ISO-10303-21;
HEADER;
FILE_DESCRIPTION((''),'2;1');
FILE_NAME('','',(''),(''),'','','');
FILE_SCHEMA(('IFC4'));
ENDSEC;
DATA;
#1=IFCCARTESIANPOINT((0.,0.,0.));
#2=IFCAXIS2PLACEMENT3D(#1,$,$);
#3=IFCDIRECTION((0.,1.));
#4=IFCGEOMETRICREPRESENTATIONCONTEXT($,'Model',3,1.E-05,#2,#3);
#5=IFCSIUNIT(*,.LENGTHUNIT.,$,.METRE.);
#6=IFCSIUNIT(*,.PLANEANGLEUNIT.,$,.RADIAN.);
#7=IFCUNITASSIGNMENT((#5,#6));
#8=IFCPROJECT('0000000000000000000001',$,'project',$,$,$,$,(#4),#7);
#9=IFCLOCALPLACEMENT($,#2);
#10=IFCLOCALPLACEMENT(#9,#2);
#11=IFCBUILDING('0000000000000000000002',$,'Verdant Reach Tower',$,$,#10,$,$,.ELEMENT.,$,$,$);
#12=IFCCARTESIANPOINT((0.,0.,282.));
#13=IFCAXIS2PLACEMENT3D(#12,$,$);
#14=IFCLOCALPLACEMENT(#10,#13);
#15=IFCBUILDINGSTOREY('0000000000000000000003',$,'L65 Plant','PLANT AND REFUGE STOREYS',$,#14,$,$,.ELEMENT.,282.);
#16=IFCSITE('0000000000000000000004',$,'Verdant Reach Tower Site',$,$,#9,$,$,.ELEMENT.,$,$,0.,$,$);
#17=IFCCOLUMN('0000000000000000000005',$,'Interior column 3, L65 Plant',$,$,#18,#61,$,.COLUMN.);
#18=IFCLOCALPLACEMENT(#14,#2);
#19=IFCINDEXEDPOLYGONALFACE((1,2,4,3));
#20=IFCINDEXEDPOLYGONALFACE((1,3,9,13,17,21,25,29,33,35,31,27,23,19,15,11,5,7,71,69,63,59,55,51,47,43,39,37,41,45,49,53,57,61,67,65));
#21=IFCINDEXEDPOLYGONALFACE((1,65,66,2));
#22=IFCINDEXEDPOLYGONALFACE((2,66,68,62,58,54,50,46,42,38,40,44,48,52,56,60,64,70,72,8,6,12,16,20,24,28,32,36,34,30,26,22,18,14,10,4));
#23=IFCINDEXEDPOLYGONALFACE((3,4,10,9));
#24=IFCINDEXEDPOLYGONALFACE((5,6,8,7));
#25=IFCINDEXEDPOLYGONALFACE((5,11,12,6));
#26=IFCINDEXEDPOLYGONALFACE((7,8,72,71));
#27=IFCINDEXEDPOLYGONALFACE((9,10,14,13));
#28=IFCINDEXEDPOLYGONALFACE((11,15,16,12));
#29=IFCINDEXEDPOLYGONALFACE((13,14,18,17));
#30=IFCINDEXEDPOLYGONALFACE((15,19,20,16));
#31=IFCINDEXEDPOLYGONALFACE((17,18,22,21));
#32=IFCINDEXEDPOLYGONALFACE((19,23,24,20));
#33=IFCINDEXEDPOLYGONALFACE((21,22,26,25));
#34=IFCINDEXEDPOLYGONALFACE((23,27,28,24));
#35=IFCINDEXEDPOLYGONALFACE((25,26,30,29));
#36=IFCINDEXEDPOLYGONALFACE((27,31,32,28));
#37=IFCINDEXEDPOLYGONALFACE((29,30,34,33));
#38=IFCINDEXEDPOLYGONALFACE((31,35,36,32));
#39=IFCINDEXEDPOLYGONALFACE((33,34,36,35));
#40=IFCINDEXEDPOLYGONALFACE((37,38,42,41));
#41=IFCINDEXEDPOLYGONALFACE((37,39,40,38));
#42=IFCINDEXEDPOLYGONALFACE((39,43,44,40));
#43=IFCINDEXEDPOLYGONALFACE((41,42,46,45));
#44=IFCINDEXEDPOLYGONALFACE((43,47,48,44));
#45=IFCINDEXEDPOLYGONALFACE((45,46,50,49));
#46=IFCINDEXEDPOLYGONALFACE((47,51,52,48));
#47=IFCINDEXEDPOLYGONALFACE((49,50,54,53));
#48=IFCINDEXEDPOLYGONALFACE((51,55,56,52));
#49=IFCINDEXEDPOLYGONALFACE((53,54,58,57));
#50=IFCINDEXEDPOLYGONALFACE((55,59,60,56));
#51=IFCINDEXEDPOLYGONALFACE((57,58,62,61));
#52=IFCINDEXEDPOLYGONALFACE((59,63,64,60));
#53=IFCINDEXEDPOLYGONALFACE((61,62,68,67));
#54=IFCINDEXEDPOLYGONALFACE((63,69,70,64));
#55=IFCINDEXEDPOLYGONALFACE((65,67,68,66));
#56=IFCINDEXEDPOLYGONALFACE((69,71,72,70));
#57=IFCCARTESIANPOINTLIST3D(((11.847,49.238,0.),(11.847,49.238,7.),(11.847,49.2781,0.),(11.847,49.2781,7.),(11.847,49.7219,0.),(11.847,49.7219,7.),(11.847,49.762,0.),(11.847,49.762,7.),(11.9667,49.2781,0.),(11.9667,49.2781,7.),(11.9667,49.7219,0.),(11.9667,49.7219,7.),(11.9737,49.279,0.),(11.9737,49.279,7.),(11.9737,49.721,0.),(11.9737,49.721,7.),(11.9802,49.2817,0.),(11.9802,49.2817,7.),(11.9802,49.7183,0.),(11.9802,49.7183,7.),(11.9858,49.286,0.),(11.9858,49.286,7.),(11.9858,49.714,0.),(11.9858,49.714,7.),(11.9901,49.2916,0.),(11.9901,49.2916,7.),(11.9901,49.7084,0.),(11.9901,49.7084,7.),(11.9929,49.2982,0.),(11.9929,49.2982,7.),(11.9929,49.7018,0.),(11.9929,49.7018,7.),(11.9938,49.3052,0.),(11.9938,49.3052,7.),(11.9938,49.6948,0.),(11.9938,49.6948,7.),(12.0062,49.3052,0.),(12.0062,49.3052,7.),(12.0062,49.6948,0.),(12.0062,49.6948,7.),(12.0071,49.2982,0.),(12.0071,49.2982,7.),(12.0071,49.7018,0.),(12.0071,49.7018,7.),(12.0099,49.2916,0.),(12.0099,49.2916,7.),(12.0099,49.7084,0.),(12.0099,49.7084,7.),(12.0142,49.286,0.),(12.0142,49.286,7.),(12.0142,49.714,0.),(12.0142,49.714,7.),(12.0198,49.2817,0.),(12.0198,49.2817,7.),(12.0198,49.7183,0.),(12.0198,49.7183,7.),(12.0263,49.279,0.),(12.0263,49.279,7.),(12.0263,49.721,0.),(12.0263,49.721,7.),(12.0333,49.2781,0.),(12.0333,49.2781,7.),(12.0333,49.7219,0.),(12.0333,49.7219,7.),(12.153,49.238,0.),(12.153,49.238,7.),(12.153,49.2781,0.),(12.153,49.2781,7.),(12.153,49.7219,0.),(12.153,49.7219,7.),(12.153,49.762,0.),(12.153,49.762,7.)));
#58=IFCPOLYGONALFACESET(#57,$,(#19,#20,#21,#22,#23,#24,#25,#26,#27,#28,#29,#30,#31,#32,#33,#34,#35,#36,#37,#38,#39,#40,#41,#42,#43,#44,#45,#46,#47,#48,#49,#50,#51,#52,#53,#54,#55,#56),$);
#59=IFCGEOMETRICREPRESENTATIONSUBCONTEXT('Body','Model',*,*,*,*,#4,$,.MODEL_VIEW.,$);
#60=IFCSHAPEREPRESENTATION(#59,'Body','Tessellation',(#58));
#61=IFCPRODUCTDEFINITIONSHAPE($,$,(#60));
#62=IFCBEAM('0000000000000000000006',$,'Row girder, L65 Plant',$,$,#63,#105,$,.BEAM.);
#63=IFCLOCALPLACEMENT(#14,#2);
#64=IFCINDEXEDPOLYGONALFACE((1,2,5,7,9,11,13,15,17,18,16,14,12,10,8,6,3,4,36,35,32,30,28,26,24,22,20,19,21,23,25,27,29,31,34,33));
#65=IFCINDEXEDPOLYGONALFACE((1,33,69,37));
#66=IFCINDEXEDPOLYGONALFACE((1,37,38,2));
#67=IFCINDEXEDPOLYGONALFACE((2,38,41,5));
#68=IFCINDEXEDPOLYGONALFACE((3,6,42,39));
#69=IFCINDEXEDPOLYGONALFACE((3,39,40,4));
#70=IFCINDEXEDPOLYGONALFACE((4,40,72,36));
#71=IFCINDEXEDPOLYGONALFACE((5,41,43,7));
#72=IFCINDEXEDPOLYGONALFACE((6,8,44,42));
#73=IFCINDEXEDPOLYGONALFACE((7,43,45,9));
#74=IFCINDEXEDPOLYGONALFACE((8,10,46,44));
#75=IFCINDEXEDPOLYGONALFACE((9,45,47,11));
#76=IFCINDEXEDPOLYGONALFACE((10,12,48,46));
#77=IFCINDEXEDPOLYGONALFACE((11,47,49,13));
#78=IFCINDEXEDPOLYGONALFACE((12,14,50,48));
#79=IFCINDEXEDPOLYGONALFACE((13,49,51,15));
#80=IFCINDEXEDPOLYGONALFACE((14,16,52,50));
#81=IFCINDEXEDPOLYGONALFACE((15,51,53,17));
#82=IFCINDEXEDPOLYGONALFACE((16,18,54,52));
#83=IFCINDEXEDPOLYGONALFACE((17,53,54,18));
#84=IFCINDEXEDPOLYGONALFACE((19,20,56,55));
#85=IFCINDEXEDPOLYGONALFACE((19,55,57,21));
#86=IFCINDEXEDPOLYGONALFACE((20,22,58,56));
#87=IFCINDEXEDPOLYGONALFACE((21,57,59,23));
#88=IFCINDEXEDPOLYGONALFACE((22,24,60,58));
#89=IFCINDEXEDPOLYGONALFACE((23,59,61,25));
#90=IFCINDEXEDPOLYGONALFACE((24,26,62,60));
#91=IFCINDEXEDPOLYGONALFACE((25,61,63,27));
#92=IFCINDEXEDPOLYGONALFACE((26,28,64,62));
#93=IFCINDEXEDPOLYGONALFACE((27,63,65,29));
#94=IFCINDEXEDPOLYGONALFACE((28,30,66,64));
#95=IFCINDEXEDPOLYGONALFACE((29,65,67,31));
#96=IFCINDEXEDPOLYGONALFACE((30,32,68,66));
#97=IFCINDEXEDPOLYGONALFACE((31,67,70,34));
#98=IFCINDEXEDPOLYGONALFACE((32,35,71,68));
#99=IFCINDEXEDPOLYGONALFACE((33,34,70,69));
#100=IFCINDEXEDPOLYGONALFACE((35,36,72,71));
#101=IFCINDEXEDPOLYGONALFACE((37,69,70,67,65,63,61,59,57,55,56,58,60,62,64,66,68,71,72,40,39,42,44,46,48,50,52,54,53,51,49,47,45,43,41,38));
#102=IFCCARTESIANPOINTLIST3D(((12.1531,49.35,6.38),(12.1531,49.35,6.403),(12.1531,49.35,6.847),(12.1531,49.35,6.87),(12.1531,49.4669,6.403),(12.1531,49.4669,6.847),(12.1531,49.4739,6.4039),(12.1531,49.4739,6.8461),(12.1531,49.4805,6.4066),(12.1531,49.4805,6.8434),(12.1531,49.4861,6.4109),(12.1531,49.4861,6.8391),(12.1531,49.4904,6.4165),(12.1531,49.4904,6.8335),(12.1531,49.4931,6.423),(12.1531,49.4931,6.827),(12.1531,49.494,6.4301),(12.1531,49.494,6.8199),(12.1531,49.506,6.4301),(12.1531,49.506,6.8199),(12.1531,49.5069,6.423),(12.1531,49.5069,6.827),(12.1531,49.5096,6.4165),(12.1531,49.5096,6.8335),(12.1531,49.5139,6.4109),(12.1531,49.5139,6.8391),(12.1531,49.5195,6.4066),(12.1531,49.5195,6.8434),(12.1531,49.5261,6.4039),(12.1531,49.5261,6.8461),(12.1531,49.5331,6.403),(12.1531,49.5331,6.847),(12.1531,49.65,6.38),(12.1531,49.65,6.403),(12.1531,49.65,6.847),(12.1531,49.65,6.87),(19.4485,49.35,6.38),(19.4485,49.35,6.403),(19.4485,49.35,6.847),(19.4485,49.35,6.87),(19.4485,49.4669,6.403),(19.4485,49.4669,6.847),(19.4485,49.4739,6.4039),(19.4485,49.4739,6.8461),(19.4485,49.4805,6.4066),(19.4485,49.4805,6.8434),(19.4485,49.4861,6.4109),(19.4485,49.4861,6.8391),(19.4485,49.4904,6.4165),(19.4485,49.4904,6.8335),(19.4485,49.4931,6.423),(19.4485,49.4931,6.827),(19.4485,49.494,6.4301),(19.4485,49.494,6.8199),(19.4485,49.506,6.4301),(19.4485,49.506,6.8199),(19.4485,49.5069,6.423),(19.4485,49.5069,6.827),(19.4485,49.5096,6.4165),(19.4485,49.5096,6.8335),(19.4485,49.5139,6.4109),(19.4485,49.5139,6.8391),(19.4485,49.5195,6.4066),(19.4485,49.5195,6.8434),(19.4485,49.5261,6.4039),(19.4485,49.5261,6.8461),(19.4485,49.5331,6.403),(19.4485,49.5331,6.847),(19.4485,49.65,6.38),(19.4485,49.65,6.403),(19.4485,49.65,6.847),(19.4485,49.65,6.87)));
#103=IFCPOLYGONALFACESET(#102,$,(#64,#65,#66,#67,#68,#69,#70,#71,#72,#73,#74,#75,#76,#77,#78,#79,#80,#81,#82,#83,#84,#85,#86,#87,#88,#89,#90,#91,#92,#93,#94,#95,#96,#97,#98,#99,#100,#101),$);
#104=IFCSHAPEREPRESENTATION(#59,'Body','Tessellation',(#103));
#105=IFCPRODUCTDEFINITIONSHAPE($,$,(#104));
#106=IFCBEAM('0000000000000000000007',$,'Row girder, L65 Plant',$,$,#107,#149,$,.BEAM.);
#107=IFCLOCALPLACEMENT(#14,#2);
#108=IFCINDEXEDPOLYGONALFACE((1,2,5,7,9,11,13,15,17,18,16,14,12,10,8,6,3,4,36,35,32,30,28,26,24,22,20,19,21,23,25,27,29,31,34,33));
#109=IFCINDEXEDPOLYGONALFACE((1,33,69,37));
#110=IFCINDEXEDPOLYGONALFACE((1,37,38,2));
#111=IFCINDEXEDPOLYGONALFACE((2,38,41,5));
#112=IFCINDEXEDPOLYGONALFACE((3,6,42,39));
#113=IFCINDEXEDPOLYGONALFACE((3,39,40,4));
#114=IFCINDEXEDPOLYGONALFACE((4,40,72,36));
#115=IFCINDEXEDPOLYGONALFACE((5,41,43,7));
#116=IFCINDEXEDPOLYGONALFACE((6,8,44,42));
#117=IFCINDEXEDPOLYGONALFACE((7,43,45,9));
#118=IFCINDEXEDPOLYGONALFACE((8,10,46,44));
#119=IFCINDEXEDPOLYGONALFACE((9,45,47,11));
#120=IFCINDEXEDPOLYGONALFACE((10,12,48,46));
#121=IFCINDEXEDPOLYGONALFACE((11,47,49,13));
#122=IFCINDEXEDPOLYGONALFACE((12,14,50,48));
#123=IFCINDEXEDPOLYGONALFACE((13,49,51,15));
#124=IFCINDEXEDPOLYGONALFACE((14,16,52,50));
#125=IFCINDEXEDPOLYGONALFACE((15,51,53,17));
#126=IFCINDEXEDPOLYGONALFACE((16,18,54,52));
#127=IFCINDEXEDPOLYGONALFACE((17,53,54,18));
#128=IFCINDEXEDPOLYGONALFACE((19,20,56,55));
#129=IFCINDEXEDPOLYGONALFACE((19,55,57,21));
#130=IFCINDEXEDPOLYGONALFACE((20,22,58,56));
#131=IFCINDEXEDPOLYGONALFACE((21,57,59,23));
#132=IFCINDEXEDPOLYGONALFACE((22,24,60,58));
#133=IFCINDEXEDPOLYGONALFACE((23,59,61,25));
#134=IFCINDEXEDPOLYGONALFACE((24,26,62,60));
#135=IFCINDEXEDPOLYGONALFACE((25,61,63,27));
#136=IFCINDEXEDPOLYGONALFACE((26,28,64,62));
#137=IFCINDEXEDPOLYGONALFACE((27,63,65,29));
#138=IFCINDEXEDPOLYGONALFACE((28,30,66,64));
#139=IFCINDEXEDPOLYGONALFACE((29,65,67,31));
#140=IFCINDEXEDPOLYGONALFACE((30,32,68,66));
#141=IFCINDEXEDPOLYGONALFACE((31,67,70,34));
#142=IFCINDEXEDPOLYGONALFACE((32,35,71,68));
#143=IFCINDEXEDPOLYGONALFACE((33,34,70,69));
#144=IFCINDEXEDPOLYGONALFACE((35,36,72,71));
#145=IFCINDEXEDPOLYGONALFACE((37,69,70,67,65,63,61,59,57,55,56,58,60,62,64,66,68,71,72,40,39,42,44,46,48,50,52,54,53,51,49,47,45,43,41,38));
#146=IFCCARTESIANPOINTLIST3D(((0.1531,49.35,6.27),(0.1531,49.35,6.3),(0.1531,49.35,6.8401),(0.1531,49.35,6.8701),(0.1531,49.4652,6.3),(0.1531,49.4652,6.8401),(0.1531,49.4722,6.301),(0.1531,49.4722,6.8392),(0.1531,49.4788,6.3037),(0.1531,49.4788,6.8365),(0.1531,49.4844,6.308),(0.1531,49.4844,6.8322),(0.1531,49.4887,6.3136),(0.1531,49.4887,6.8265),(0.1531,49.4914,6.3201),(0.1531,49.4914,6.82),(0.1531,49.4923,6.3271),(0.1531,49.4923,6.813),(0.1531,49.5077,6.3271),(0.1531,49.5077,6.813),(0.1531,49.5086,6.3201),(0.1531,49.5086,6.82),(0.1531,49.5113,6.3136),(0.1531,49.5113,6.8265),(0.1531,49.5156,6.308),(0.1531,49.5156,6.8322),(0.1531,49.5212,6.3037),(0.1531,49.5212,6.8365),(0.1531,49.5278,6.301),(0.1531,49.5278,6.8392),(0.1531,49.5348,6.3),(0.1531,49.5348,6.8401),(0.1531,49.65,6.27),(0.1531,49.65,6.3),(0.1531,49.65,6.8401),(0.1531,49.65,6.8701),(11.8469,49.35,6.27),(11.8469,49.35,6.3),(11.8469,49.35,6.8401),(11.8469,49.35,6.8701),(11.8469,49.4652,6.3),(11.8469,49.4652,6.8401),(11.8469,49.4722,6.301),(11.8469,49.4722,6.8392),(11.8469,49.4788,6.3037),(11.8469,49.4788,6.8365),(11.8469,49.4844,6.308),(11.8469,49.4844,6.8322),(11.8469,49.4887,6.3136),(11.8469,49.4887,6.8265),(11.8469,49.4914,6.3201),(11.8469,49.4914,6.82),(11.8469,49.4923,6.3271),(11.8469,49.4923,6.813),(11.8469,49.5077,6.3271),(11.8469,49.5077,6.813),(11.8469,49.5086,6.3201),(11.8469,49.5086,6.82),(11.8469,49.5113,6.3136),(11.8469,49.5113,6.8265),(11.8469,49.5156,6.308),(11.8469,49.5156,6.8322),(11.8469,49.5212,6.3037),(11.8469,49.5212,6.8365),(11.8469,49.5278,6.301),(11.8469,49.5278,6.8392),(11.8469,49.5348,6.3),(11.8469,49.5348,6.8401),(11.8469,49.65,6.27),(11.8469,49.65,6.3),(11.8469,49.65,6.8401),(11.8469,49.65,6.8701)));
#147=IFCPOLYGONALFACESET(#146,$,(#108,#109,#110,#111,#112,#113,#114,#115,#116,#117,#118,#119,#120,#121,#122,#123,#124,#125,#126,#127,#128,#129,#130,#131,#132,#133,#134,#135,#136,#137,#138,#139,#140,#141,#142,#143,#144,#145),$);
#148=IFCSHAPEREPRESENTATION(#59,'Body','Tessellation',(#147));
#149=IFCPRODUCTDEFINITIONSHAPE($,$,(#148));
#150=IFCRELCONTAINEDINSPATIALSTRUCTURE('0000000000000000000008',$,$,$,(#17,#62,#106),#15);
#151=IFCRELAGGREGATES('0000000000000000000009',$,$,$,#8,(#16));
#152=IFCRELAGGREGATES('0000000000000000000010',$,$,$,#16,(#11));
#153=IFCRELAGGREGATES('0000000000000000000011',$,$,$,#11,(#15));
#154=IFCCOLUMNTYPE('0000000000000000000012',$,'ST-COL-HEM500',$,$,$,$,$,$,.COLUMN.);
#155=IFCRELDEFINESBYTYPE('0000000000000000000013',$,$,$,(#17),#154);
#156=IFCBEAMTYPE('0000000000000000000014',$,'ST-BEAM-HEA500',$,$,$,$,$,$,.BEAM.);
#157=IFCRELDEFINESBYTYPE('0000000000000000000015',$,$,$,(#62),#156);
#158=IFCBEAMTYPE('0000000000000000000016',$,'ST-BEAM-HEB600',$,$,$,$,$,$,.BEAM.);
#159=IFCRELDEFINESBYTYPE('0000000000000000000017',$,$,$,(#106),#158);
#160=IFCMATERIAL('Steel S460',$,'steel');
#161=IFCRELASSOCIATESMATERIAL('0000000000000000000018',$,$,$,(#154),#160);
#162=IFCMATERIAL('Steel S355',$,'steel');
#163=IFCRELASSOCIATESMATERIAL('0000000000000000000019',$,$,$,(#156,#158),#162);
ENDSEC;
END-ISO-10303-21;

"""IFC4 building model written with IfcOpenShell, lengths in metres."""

from ifc_helpers import new_model, si_unit, direction, frame, origin, origin_2d, place, context, subcontext, project, spatial, i_section, extrude, material, material_profile, profile_set, type_object, element, save


model = new_model("IFC4")

# Units and contexts
model_context = context("Model", 3, precision=1e-05, world=origin(), true_north=direction((0.0, 1.0)))
body_context = subcontext(model_context, "Body", "Model", "MODEL_VIEW")
ifc_project = project(units=[si_unit("LENGTHUNIT", "METRE"), si_unit("PLANEANGLEUNIT", "RADIAN")], contexts=[model_context])

# Site, building, storey
site_placement = place(None, origin())
site = spatial("IfcSite", under=ifc_project, at=site_placement, Name="Verdant Reach Tower Site", CompositionType="ELEMENT", RefElevation=0.0)
building_placement = place(site_placement, origin())
building = spatial("IfcBuilding", under=site, at=building_placement, Name="Verdant Reach Tower", CompositionType="ELEMENT")
storey_placement = place(building_placement, frame((0.0, 0.0, 282.0)))
storey = spatial("IfcBuildingStorey", under=building, at=storey_placement, Name="L65 Plant", Description="PLANT AND REFUGE STOREYS", CompositionType="ELEMENT", Elevation=282.0)

# Column
ifc_material_1 = material(Name="Steel S460", Category="steel")
ifc_material_profile_1 = material_profile(ifc_material_1, i_section(OverallWidth=0.3059, OverallDepth=0.5239, WebThickness=0.0125, FlangeThickness=0.04, FilletRadius=0.0271, at=origin_2d()), Name="HEM 500")
ifc_profile_set_1 = profile_set([ifc_material_profile_1], Name="Steel S460")
column_type = type_object("IfcColumnType", Name="ST-COL-HEM500", PredefinedType="COLUMN", material=ifc_profile_set_1)
column_placement = place(storey_placement, frame((12.0, 49.5, 0.0), z_axis=(0.0, 0.0, 1.0), x_axis=(1.0, 0.0, 0.0)))
element("IfcColumn", 1, at=column_placement, inside=storey, type_object=column_type, Name="Interior column 3, L65 Plant", PredefinedType="COLUMN", context=body_context, shape_type="SweptSolid", body=[
    extrude(i_section(OverallWidth=0.3059, OverallDepth=0.5239, WebThickness=0.0125, FlangeThickness=0.04, FilletRadius=0.0271, at=origin_2d()), origin(), (0.0, 0.0, 1.0), 7.0),
])

# Beams
ifc_material_2 = material(Name="Steel S355", Category="steel")
ifc_material_profile_2 = material_profile(ifc_material_2, i_section(OverallWidth=0.3, OverallDepth=0.49, WebThickness=0.012, FlangeThickness=0.0229, FilletRadius=0.0271, at=origin_2d()), Name="HEA 500")
ifc_profile_set_2 = profile_set([ifc_material_profile_2], Name="Steel S355")
beam_type_1 = type_object("IfcBeamType", Name="ST-BEAM-HEA500", PredefinedType="BEAM", material=ifc_profile_set_2)
beam_1_placement = place(storey_placement, frame((12.1531, 49.5, 6.625), z_axis=(1.0, 0.0, 0.0), x_axis=(0.0, 1.0, 0.0)))
element("IfcBeam", 2, at=beam_1_placement, inside=storey, type_object=beam_type_1, Name="Row girder, L65 Plant", PredefinedType="BEAM", context=body_context, shape_type="SweptSolid", body=[
    extrude(i_section(OverallWidth=0.3, OverallDepth=0.49, WebThickness=0.012, FlangeThickness=0.0229, FilletRadius=0.0271, at=origin_2d()), origin(), (0.0, 0.0, 1.0), 7.2954),
])
ifc_material_profile_3 = material_profile(ifc_material_2, i_section(OverallWidth=0.3, OverallDepth=0.6001, WebThickness=0.0154, FlangeThickness=0.03, FilletRadius=0.0271, at=origin_2d()), Name="HEB 600")
ifc_profile_set_3 = profile_set([ifc_material_profile_3], Name="Steel S355")
beam_type_2 = type_object("IfcBeamType", Name="ST-BEAM-HEB600", PredefinedType="BEAM", material=ifc_profile_set_3)
beam_2_placement = place(storey_placement, frame((0.1531, 49.5, 6.5701), z_axis=(1.0, 0.0, 0.0), x_axis=(0.0, 1.0, 0.0)))
element("IfcBeam", 3, at=beam_2_placement, inside=storey, type_object=beam_type_2, Name="Row girder, L65 Plant", PredefinedType="BEAM", context=body_context, shape_type="SweptSolid", body=[
    extrude(i_section(OverallWidth=0.3, OverallDepth=0.6001, WebThickness=0.0154, FlangeThickness=0.03, FilletRadius=0.0271, at=origin_2d()), origin(), (0.0, 0.0, 1.0), 11.6938),
])

save(model, "model.ifc")
